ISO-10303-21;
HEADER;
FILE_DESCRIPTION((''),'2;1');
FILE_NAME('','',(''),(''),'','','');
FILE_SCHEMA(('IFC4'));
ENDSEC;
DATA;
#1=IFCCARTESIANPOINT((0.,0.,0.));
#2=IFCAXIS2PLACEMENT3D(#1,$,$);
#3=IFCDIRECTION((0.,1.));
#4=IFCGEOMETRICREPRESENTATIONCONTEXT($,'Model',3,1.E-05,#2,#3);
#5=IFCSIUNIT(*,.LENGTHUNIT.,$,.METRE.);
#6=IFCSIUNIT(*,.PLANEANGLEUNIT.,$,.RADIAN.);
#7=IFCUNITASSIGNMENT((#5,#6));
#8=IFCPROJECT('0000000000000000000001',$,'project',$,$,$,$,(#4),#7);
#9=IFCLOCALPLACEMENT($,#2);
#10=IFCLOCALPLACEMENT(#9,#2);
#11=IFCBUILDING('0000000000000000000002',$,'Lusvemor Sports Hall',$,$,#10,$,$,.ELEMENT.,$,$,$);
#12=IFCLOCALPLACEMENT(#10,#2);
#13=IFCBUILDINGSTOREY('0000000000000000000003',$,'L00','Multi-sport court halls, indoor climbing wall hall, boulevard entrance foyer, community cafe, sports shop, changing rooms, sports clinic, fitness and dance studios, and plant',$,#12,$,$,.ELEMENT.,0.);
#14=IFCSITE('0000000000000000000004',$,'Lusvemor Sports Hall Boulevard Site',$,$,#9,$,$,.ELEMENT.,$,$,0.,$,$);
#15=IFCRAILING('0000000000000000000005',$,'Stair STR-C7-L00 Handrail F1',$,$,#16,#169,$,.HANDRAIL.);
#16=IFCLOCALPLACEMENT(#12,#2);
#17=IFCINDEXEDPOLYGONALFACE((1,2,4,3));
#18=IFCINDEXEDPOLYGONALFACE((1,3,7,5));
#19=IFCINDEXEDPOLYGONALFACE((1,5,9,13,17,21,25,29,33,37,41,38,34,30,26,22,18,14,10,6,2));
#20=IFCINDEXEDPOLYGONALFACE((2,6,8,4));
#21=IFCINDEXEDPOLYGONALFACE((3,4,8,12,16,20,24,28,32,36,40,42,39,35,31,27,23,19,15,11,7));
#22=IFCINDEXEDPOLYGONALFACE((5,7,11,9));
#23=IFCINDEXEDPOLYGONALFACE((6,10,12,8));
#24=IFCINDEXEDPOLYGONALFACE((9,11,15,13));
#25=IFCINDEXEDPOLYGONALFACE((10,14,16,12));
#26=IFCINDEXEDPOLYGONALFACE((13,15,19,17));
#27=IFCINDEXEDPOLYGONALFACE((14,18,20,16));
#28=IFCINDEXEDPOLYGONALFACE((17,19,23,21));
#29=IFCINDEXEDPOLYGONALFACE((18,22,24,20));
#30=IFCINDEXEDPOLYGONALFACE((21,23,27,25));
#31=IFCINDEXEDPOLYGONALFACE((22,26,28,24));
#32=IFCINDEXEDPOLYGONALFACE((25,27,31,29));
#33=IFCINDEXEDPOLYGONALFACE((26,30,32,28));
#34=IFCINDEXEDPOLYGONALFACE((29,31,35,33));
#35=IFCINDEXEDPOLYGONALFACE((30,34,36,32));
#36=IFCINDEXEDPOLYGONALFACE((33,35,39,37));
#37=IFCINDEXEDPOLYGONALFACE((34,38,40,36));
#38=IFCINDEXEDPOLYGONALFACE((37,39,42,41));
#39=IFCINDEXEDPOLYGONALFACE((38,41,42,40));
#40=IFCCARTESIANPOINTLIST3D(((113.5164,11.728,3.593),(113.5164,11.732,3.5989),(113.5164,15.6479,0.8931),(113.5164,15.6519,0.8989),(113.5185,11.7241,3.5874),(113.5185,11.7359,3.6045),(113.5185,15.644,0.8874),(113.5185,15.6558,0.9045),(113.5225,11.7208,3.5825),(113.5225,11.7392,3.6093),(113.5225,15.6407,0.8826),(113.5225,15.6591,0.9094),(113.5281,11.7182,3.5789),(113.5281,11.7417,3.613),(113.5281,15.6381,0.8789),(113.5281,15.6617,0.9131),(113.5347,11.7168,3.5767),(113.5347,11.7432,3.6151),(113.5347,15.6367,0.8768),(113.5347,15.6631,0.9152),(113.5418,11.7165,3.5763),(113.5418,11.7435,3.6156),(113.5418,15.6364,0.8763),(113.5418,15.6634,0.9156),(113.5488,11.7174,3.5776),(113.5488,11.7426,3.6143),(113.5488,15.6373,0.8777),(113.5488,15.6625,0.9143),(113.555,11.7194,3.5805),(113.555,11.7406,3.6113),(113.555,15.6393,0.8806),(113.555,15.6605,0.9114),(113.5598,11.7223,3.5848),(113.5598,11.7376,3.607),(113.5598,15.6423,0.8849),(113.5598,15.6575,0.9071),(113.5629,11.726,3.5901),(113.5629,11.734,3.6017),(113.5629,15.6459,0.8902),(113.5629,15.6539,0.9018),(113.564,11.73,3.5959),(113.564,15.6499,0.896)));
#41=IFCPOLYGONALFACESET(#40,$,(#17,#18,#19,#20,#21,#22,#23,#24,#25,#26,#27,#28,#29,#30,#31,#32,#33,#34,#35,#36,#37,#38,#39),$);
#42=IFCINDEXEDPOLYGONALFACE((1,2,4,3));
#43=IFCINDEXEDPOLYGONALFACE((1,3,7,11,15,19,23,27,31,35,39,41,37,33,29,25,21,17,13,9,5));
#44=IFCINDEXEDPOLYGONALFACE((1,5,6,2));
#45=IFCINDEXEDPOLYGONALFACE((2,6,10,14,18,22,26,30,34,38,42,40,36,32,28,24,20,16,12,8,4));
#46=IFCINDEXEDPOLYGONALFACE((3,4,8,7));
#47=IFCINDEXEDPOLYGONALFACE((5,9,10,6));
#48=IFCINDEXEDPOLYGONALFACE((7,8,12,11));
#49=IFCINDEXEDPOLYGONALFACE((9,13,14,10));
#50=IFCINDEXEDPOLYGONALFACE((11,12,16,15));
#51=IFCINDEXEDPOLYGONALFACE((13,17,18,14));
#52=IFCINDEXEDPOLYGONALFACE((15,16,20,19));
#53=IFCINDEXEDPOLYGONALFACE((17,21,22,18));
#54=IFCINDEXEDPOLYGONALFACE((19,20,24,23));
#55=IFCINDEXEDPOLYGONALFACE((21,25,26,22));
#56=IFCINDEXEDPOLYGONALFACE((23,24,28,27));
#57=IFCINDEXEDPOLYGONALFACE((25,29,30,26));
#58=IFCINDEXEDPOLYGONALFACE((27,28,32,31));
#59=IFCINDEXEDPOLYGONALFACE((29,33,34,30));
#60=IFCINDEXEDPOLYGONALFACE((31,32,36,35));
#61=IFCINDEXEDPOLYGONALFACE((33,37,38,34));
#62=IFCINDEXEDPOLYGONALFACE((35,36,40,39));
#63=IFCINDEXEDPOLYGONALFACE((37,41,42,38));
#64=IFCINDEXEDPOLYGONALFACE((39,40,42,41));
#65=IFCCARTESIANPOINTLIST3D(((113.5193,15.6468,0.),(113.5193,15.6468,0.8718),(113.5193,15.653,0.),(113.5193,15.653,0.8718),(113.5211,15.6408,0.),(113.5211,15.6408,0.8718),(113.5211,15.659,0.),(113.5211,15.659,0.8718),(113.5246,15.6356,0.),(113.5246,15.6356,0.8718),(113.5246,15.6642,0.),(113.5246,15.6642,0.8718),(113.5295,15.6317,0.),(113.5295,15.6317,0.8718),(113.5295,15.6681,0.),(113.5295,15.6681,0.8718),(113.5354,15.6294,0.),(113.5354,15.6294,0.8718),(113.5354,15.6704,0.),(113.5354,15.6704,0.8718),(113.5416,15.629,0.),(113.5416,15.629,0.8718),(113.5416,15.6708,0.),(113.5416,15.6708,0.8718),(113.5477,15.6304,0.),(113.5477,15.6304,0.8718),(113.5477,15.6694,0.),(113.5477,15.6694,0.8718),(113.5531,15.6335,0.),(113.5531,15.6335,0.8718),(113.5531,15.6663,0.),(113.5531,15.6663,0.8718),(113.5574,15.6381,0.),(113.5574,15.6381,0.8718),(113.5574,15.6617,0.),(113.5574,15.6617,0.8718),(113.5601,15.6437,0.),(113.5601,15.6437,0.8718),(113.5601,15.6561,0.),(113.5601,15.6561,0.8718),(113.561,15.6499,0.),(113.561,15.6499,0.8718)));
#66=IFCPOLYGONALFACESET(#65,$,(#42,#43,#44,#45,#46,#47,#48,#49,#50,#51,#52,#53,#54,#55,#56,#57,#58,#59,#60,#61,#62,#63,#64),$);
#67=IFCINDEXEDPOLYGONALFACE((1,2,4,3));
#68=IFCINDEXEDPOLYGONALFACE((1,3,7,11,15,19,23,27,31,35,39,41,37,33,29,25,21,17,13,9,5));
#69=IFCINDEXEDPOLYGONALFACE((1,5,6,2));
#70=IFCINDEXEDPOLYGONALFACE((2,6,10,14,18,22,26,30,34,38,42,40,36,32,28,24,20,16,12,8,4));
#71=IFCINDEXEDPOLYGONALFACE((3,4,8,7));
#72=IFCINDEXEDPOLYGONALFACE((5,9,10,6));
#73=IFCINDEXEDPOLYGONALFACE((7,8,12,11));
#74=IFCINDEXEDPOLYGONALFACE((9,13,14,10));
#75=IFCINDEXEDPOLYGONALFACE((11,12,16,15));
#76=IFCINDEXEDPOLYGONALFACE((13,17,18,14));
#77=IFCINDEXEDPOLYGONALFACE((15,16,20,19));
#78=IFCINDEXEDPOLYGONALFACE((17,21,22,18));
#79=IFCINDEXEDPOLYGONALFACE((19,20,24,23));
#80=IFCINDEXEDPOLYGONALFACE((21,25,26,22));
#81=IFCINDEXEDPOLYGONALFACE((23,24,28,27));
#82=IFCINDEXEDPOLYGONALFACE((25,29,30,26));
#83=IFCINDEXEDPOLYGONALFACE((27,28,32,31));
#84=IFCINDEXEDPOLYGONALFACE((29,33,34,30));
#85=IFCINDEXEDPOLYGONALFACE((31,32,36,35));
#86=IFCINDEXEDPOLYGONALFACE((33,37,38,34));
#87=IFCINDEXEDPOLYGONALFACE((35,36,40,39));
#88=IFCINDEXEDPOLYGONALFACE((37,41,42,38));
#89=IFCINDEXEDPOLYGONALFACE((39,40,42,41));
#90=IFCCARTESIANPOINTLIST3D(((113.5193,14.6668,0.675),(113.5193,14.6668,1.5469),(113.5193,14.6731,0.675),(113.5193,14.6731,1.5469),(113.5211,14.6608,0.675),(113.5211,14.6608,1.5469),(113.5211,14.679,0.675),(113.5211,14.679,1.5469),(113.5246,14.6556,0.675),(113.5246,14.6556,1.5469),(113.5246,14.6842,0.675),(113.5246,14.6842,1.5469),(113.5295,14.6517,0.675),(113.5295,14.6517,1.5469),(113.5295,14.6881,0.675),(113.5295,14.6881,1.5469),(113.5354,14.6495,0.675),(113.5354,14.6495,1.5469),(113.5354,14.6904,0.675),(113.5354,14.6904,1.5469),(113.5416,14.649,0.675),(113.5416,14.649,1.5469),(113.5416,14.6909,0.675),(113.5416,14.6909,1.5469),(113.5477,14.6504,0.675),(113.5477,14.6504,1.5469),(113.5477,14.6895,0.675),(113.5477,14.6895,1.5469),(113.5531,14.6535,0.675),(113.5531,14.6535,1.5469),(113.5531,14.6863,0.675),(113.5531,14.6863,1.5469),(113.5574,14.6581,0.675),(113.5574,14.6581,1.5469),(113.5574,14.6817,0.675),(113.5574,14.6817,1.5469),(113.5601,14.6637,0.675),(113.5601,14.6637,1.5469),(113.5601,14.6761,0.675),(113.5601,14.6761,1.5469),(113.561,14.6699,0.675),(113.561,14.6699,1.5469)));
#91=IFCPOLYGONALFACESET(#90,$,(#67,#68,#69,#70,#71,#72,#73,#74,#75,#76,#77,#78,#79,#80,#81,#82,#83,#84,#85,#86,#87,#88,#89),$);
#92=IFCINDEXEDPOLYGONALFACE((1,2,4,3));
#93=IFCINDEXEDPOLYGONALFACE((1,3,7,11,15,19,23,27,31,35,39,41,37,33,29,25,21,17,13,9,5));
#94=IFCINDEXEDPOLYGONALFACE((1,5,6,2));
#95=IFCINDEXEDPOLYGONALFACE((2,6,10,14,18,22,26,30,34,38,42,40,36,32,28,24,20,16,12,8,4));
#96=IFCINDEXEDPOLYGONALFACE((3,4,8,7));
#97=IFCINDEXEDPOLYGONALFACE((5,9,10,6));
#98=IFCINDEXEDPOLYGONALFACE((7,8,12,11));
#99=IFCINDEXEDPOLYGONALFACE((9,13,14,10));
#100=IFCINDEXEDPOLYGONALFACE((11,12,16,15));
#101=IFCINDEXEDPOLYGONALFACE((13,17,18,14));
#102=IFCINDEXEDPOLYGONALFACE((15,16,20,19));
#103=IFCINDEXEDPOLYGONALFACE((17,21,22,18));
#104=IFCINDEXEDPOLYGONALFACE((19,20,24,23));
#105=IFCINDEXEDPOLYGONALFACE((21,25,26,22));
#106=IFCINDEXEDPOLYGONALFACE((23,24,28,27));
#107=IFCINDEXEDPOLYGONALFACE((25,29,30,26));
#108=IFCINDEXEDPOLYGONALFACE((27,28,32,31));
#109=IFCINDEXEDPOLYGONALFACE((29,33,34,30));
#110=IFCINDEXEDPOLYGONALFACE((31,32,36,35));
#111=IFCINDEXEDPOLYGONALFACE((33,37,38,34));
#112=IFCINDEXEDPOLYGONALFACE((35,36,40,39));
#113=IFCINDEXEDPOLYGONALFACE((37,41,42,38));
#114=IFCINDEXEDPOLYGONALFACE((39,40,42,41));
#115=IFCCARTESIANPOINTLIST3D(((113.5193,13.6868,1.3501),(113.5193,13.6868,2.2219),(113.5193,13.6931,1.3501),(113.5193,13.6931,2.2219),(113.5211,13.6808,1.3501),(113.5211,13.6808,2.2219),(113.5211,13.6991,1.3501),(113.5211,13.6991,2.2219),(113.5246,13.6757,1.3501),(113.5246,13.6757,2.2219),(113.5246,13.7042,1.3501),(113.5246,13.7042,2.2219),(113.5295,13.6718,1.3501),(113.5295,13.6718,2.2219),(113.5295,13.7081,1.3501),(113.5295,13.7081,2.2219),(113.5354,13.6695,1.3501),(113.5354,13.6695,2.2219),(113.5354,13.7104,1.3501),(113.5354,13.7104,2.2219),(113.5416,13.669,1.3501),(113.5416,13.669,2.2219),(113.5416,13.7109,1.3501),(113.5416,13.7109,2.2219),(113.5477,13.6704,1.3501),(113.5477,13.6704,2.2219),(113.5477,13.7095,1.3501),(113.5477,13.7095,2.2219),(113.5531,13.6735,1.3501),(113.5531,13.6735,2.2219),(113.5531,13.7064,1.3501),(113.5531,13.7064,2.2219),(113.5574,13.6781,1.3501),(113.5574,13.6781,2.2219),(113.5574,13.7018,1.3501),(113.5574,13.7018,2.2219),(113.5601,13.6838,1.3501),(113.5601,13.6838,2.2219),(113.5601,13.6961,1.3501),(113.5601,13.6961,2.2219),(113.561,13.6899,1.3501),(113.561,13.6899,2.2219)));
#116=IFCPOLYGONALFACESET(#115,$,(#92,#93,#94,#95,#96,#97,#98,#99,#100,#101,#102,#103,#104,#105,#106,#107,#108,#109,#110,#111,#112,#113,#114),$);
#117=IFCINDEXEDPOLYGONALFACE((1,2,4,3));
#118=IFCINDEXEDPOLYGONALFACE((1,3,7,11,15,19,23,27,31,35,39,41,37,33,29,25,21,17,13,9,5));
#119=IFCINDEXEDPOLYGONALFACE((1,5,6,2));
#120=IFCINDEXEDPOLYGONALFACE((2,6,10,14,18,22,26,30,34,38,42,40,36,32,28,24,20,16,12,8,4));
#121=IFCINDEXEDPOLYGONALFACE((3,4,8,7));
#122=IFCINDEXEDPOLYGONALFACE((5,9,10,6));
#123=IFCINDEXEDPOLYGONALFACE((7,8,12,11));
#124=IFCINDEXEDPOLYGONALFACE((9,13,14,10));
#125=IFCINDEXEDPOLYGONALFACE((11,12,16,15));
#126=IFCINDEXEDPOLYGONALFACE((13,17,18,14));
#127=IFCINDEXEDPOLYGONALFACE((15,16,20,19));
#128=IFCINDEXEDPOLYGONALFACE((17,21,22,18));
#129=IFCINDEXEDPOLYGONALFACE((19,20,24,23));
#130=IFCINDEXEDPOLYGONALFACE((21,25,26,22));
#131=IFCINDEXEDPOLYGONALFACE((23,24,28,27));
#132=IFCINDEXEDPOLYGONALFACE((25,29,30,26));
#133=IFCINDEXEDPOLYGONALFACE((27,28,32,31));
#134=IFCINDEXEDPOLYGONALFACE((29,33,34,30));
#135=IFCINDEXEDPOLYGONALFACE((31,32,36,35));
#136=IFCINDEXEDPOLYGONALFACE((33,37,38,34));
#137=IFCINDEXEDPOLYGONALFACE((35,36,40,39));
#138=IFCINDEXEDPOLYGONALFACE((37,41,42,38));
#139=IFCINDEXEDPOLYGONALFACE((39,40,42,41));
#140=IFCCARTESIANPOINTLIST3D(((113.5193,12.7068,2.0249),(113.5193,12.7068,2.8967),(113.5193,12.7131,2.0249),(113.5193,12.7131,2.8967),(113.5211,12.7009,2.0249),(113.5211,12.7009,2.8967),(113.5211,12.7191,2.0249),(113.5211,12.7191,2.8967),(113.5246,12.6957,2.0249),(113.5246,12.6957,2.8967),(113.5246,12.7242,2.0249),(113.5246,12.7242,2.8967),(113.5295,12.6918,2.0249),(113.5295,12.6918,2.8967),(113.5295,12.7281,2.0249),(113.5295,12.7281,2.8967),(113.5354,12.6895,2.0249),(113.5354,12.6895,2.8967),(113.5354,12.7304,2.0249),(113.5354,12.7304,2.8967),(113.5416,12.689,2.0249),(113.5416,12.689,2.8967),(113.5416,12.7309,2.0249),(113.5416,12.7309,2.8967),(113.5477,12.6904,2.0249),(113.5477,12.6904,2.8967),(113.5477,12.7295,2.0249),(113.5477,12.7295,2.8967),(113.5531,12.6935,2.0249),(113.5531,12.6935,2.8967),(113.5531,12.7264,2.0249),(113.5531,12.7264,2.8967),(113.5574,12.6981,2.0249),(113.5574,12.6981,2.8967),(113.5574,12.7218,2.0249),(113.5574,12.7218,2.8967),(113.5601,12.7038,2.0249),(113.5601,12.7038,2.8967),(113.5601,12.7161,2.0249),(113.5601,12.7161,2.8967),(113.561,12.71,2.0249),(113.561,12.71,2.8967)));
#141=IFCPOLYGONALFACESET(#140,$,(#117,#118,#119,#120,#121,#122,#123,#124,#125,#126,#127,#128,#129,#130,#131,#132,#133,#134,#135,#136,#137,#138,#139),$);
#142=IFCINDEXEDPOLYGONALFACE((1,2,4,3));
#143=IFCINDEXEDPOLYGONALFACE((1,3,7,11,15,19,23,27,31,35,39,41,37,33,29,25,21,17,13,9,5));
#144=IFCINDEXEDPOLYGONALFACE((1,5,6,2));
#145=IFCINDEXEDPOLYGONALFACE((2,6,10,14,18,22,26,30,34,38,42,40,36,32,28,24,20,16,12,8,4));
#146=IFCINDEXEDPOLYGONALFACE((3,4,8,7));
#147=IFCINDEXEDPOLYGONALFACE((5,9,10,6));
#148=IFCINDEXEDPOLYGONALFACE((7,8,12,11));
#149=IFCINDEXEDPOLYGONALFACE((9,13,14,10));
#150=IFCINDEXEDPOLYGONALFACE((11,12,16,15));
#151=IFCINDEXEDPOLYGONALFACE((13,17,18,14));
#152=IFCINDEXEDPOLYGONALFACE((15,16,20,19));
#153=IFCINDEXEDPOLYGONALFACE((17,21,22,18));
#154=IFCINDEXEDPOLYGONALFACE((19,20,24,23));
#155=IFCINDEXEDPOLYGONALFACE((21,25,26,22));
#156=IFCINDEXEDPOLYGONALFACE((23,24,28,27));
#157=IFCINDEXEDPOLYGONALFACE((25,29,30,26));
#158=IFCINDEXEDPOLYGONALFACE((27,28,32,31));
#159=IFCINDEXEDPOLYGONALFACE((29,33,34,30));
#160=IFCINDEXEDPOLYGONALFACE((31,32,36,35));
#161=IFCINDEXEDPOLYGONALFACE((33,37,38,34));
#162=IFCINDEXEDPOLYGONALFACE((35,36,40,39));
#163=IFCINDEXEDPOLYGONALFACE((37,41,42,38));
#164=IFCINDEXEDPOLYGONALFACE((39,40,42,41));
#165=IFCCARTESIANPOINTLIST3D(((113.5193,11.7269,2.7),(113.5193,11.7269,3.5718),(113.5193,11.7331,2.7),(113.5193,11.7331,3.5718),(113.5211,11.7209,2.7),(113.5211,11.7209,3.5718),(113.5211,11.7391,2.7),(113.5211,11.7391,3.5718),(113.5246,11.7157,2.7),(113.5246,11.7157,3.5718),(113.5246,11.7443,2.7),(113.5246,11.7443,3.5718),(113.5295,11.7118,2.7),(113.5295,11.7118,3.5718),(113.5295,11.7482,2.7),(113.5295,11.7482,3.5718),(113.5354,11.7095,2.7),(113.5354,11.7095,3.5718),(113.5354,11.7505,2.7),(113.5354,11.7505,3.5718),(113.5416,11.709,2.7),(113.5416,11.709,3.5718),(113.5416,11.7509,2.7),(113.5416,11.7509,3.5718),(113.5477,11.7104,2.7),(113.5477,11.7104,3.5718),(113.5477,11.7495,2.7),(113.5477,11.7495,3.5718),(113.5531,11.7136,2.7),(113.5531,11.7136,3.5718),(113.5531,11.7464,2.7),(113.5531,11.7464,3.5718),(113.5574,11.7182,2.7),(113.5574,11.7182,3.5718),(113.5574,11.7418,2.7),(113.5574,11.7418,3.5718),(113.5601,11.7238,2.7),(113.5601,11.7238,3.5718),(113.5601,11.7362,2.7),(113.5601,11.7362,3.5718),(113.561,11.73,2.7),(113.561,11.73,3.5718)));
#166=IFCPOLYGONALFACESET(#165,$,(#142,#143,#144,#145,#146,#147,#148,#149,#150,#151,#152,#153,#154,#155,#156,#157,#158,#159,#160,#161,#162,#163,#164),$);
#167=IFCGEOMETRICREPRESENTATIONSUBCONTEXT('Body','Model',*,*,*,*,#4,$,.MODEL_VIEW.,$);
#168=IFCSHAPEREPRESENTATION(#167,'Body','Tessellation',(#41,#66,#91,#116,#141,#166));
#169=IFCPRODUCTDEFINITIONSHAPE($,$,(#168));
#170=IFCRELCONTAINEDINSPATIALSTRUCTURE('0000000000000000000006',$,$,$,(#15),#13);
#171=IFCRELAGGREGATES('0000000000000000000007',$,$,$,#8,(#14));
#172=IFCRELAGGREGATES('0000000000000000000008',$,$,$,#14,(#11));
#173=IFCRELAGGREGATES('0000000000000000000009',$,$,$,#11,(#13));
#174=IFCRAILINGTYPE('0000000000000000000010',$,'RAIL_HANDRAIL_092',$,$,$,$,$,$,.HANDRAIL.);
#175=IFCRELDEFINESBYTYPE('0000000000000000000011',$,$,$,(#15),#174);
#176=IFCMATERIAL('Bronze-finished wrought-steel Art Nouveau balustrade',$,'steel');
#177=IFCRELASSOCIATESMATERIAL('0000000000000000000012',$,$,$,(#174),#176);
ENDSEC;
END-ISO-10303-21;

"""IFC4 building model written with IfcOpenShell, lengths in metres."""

from ifc_helpers import new_model, si_unit, direction, frame, origin, origin_2d, place, context, subcontext, project, spatial, circle, extrude, material, type_object, element, save


model = new_model("IFC4")

# Units and contexts
model_context = context("Model", 3, precision=1e-05, world=origin(), true_north=direction((0.0, 1.0)))
body_context = subcontext(model_context, "Body", "Model", "MODEL_VIEW")
ifc_project = project(units=[si_unit("LENGTHUNIT", "METRE"), si_unit("PLANEANGLEUNIT", "RADIAN")], contexts=[model_context])

# Site, building, storey
site_placement = place(None, origin())
site = spatial("IfcSite", under=ifc_project, at=site_placement, Name="Lusvemor Sports Hall Boulevard Site", CompositionType="ELEMENT", RefElevation=0.0)
building_placement = place(site_placement, origin())
building = spatial("IfcBuilding", under=site, at=building_placement, Name="Lusvemor Sports Hall", CompositionType="ELEMENT")
storey_placement = place(building_placement, origin())
storey = spatial("IfcBuildingStorey", under=building, at=storey_placement, Name="L00", Description="Multi-sport court halls, indoor climbing wall hall, boulevard entrance foyer, community cafe, sports shop, changing rooms, sports clinic, fitness and dance studios, and plant", CompositionType="ELEMENT", Elevation=0.0)

# Railing
ifc_material_1 = material(Name="Bronze-finished wrought-steel Art Nouveau balustrade", Category="steel")
railing_type_1 = type_object("IfcRailingType", Name="RAIL_HANDRAIL_092", PredefinedType="HANDRAIL", material=ifc_material_1)
railing_1_placement = place(storey_placement, frame((113.54, 15.6499, 0.0)))
element("IfcRailing", 1, at=railing_1_placement, inside=storey, type_object=railing_type_1, Name="Stair STR-C7-L00 Handrail F1", PredefinedType="HANDRAIL", context=body_context, shape_type="SweptSolid", body=[
    extrude(circle(Radius=0.0239, at=origin_2d()), frame((0.0, 0.0, 0.896), z_axis=(0.0, -0.823551, 0.567243), x_axis=(1.0, 0.0, 0.0)), (0.0, 0.0, 1.0), 4.7598),
    extrude(circle(Radius=0.021, at=origin_2d()), origin(), (0.0, 0.0, 1.0), 0.8718),
    extrude(circle(Radius=0.021, at=origin_2d()), frame((0.0, -0.98, 0.675)), (0.0, 0.0, 1.0), 0.8718),
    extrude(circle(Radius=0.021, at=origin_2d()), frame((0.0, -1.96, 1.3501)), (0.0, 0.0, 1.0), 0.8718),
    extrude(circle(Radius=0.021, at=origin_2d()), frame((0.0, -2.9399, 2.0249)), (0.0, 0.0, 1.0), 0.8718),
    extrude(circle(Radius=0.021, at=origin_2d()), frame((0.0, -3.9199, 2.7)), (0.0, 0.0, 1.0), 0.8718),
])

save(model, "model.ifc")
